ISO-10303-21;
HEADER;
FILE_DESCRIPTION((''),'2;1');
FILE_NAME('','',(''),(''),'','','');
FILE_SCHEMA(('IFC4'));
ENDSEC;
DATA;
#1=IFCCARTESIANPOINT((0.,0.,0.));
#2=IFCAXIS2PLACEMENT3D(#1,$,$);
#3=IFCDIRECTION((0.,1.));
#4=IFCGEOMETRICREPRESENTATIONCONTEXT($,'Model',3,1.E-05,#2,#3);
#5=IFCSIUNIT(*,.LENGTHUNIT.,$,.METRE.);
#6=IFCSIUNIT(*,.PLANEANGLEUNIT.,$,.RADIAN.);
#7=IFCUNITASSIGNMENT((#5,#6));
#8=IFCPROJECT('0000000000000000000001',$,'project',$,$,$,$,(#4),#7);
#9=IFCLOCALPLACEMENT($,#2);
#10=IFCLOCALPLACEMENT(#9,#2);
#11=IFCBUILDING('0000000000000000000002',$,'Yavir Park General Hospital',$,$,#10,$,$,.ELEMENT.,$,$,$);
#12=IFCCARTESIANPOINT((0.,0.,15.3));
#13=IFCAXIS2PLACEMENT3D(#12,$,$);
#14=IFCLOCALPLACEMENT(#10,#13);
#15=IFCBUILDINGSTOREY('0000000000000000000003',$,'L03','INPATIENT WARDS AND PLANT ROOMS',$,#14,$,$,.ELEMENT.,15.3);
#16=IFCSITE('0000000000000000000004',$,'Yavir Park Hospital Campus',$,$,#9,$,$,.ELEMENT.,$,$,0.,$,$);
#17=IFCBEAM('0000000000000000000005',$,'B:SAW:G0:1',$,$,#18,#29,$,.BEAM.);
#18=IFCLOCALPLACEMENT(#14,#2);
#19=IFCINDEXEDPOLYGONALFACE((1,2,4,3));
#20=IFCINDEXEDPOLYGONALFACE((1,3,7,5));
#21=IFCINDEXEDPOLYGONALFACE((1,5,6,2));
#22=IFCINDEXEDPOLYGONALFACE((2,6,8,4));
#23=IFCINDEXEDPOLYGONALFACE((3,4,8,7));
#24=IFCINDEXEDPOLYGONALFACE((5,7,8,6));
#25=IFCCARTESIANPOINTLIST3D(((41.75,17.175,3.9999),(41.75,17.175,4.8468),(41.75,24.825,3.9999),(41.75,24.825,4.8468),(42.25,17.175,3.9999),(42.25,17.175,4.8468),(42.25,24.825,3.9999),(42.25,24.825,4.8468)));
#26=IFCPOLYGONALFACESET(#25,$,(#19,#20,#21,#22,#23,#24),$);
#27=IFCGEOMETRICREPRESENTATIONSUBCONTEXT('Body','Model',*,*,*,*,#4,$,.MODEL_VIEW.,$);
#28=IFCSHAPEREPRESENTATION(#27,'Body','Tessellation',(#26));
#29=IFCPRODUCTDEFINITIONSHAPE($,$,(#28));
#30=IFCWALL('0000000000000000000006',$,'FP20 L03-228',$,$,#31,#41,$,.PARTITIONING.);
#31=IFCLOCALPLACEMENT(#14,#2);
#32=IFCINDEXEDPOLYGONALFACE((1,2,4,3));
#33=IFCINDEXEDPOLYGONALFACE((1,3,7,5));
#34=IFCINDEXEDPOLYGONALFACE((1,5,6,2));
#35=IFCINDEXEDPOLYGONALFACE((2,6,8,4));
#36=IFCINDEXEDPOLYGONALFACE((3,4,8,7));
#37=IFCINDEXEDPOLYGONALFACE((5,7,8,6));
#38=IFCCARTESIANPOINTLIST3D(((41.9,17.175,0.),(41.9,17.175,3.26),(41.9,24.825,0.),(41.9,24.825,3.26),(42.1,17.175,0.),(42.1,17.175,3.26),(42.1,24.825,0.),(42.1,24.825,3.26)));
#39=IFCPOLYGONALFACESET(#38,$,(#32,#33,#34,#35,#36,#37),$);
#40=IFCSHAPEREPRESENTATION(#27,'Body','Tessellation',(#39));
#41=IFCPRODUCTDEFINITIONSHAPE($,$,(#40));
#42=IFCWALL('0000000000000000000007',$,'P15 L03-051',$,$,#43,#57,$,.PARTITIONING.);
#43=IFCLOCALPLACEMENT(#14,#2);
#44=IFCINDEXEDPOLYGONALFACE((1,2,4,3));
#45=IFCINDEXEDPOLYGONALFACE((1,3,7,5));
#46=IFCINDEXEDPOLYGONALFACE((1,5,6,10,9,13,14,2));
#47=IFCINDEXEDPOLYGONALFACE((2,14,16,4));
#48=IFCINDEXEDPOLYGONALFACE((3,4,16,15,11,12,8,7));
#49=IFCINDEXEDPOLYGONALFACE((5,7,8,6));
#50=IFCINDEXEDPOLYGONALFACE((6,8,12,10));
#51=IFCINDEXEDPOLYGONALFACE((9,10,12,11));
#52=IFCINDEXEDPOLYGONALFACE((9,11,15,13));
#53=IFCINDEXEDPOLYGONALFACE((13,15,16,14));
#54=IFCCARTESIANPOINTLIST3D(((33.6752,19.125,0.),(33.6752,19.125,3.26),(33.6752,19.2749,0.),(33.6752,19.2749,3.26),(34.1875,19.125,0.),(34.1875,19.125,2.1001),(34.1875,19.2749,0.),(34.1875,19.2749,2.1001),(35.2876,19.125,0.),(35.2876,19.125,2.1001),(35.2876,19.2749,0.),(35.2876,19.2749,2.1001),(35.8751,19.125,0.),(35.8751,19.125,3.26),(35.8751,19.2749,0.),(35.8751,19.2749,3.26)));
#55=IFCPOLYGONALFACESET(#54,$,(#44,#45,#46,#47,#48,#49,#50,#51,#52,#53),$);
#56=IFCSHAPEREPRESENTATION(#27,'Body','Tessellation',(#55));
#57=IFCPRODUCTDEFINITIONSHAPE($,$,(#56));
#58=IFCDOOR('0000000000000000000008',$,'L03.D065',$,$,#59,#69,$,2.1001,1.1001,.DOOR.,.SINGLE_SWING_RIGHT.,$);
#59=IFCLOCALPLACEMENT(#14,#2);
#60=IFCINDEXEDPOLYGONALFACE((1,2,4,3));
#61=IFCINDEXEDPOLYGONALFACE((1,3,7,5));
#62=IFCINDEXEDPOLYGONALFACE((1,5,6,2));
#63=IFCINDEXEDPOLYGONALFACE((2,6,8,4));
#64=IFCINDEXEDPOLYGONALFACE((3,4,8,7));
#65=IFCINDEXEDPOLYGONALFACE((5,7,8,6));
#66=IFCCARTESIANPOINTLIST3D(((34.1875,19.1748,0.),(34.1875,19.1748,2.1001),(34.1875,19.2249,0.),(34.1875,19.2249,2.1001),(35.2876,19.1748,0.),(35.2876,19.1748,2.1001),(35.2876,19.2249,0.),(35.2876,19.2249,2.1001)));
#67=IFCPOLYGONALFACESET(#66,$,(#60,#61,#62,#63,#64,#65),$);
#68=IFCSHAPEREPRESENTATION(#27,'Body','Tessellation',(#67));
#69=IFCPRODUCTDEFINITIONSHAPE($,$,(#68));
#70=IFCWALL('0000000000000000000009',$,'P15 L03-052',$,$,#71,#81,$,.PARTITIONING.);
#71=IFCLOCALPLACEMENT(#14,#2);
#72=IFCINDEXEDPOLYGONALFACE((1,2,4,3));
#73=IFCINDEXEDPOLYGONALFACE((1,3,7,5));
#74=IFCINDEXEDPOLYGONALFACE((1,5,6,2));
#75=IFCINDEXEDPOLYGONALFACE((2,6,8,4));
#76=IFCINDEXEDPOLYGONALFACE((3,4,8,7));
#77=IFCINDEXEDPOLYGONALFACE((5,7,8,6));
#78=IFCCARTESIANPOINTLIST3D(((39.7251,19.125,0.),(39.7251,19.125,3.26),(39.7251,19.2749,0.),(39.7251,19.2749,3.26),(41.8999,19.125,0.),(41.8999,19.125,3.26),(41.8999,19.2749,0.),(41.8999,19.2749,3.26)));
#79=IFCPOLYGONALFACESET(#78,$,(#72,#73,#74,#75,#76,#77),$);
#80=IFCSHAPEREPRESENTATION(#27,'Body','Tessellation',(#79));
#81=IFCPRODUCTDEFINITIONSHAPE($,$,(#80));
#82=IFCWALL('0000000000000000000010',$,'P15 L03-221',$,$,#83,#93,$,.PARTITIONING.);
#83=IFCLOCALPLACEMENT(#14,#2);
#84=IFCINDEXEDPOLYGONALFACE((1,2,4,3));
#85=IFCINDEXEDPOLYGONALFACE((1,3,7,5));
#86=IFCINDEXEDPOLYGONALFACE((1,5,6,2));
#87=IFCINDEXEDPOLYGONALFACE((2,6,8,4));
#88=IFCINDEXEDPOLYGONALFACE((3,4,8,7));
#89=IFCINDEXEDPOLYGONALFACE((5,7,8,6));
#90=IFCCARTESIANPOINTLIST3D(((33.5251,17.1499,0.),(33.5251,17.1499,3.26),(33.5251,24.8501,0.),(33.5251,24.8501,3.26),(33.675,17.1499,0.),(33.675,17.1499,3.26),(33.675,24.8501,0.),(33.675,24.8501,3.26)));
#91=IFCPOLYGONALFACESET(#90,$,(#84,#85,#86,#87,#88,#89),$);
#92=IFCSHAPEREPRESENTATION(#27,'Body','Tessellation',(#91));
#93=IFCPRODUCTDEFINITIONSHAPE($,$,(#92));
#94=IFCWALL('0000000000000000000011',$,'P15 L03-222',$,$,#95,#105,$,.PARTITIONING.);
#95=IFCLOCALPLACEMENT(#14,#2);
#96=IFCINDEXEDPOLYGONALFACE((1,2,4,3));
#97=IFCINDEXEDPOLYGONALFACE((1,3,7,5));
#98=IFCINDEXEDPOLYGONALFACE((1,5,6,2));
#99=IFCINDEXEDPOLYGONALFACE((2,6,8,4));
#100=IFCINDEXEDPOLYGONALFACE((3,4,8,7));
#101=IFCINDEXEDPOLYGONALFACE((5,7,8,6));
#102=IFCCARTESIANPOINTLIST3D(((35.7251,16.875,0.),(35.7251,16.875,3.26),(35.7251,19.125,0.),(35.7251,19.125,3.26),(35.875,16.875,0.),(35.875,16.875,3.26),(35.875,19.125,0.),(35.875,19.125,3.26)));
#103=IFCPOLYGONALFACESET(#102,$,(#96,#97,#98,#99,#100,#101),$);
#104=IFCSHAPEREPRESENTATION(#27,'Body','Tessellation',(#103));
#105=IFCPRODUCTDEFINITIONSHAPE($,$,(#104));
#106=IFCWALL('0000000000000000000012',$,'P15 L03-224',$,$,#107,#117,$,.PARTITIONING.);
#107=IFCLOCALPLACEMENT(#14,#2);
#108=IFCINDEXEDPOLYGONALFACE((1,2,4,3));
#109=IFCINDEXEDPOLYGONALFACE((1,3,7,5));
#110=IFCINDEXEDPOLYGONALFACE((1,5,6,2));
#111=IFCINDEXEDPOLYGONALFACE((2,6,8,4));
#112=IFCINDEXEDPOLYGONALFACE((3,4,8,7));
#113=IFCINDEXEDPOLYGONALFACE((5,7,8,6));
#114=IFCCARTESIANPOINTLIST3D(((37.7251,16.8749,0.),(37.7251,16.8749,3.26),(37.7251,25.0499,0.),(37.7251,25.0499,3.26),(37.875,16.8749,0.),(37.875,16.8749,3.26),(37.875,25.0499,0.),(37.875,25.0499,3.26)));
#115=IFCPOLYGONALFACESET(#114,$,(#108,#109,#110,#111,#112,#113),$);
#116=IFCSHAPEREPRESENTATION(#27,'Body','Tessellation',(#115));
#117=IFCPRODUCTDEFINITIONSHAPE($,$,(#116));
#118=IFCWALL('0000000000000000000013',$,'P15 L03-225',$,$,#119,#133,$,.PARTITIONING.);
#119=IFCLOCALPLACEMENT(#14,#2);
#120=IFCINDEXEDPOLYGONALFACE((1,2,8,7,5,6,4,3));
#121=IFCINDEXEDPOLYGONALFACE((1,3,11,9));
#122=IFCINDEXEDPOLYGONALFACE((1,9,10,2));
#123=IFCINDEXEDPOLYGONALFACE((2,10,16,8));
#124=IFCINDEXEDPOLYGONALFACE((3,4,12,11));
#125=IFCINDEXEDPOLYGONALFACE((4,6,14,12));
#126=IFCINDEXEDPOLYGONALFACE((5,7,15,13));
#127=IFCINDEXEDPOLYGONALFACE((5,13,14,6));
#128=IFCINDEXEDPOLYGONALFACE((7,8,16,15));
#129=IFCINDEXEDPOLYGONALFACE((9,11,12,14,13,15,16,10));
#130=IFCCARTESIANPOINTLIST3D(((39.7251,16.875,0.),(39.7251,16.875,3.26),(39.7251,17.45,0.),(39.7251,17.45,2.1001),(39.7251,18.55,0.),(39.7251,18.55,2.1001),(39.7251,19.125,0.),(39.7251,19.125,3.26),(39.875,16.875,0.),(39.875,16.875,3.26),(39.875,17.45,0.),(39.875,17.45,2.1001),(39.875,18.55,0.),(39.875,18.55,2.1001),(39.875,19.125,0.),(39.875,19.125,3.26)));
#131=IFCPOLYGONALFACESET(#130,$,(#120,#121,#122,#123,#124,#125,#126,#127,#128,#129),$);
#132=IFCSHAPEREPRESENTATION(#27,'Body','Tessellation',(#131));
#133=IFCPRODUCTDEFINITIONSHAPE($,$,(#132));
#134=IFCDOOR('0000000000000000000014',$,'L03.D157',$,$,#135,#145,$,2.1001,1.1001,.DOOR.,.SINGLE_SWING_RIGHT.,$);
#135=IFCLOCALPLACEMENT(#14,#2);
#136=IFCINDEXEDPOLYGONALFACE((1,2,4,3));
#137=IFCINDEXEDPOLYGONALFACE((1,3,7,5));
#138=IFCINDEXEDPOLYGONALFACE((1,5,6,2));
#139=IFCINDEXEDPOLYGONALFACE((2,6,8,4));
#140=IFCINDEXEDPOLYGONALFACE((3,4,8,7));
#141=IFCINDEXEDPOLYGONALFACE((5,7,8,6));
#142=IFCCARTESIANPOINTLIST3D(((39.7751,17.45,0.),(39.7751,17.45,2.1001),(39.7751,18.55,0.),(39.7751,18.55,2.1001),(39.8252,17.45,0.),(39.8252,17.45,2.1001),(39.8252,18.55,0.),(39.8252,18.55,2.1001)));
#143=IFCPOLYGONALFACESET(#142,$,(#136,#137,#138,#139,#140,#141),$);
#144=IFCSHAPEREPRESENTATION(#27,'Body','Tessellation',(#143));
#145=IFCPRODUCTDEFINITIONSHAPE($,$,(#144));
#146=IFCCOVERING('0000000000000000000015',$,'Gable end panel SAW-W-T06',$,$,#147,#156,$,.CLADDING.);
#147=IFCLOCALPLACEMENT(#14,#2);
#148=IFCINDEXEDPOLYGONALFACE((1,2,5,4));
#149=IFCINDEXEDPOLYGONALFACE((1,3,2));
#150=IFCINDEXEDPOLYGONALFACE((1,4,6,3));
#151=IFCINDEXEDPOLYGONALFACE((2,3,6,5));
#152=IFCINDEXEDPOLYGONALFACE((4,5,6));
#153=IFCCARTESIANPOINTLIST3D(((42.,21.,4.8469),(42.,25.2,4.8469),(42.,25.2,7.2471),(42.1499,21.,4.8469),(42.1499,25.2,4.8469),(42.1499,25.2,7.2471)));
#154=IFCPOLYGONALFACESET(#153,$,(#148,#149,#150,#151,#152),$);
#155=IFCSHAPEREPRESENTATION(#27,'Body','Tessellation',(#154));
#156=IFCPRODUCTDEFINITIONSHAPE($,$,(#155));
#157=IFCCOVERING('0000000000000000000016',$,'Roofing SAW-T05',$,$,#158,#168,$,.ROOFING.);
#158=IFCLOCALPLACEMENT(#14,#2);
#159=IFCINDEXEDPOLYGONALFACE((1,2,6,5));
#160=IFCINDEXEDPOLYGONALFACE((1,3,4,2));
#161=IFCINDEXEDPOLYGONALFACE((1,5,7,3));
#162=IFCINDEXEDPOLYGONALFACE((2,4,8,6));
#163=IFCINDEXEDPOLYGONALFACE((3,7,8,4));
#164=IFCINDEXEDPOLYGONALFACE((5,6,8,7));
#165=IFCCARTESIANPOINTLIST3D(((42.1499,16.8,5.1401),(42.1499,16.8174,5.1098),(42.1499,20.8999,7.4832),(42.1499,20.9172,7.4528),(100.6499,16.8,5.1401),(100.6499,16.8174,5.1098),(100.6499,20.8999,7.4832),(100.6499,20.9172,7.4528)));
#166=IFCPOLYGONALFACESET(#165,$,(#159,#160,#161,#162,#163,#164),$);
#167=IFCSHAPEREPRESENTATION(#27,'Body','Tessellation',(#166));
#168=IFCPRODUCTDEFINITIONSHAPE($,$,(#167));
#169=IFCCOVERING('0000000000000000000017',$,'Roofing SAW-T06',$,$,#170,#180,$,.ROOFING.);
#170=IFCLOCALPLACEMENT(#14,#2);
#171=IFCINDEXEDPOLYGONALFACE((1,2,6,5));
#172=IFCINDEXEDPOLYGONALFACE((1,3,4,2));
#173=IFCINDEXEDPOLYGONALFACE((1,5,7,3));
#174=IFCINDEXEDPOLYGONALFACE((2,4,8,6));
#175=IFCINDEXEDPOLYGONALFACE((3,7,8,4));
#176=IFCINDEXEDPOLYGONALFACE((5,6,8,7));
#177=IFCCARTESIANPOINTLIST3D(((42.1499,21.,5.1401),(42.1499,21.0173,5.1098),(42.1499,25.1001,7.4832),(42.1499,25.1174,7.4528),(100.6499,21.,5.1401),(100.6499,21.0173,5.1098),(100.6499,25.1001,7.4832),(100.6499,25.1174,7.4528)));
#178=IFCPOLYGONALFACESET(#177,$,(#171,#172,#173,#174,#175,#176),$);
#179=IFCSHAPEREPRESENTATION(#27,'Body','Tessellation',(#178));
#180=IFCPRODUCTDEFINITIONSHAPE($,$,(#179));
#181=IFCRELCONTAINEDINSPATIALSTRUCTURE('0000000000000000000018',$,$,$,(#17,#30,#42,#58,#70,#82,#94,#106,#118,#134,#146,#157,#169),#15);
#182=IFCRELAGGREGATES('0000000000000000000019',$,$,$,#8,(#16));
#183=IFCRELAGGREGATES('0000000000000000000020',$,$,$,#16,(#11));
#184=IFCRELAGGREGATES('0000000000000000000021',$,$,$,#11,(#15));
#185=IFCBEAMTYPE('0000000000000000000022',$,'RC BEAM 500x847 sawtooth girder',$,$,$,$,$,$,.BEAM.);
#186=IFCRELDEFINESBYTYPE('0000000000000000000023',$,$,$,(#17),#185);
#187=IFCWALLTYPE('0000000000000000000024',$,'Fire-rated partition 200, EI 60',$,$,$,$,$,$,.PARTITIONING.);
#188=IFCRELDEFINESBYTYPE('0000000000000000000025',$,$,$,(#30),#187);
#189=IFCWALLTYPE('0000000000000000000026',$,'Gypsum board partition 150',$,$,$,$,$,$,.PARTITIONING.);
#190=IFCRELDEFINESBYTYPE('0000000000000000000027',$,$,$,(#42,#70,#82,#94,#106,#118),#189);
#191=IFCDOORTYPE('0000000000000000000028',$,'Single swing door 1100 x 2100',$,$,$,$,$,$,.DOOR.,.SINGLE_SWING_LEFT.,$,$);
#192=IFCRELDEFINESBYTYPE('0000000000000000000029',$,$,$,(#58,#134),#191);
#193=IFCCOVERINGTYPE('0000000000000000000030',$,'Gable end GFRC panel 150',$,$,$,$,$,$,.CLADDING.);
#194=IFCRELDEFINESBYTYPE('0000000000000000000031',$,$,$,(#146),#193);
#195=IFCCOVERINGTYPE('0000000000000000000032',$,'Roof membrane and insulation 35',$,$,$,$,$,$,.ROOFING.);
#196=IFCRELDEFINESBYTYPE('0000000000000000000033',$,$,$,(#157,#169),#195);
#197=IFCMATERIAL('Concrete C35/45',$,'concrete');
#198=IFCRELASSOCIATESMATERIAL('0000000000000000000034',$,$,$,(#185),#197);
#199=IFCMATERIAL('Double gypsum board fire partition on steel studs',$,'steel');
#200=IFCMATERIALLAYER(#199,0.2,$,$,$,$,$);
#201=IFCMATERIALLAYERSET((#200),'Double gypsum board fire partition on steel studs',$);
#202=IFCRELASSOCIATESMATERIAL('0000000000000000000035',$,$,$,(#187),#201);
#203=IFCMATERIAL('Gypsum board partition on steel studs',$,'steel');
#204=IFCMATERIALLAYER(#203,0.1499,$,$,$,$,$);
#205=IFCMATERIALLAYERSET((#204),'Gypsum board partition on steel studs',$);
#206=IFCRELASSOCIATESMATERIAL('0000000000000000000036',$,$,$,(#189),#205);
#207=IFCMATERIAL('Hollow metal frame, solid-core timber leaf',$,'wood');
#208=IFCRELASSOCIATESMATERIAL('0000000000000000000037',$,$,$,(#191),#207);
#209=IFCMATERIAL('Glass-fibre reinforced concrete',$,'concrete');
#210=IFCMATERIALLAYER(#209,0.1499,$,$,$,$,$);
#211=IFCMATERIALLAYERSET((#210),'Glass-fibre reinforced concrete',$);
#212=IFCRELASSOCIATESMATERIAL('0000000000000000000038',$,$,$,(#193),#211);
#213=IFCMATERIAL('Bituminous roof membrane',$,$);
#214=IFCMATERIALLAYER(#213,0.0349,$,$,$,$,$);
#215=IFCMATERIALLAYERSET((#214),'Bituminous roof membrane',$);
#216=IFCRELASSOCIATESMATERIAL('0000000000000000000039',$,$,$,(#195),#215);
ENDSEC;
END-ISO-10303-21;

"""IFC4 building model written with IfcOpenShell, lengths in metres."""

from ifc_helpers import new_model, si_unit, direction, frame, frame_2d, origin, origin_2d, place, context, subcontext, project, spatial, polyline, rectangle, outline, extrude, material, layer, layer_set, material_profile, profile_set, type_object, element, fill, save


model = new_model("IFC4")

# Units and contexts
model_context = context("Model", 3, precision=1e-05, world=origin(), true_north=direction((0.0, 1.0)))
body_context = subcontext(model_context, "Body", "Model", "MODEL_VIEW")
ifc_project = project(units=[si_unit("LENGTHUNIT", "METRE"), si_unit("PLANEANGLEUNIT", "RADIAN")], contexts=[model_context])

# Site, building, storey
site_placement = place(None, origin())
site = spatial("IfcSite", under=ifc_project, at=site_placement, Name="Yavir Park Hospital Campus", CompositionType="ELEMENT", RefElevation=0.0)
building_placement = place(site_placement, origin())
building = spatial("IfcBuilding", under=site, at=building_placement, Name="Yavir Park General Hospital", CompositionType="ELEMENT")
storey_placement = place(building_placement, frame((0.0, 0.0, 15.3)))
storey = spatial("IfcBuildingStorey", under=building, at=storey_placement, Name="L03", Description="INPATIENT WARDS AND PLANT ROOMS", CompositionType="ELEMENT", Elevation=15.3)

# Beam
ifc_material_1 = material(Name="Concrete C35/45", Category="concrete")
ifc_material_profile = material_profile(ifc_material_1, rectangle(XDim=0.5, YDim=0.8469, at=origin_2d()), Name="RC500x847")
ifc_profile_set = profile_set([ifc_material_profile], Name="Concrete C35/45")
beam_type = type_object("IfcBeamType", Name="RC BEAM 500x847 sawtooth girder", PredefinedType="BEAM", material=ifc_profile_set)
beam_placement = place(storey_placement, frame((42.0, 17.175, 4.4233), z_axis=(0.0, 1.0, 0.0), x_axis=(-1.0, 0.0, 0.0)))
element("IfcBeam", 1, at=beam_placement, inside=storey, type_object=beam_type, Name="B:SAW:G0:1", PredefinedType="BEAM", context=body_context, shape_type="SweptSolid", body=[
    extrude(rectangle(XDim=0.5, YDim=0.8469, at=origin_2d()), origin(), (0.0, 0.0, 1.0), 7.6499),
])

# Wall
ifc_material_2 = material(Name="Double gypsum board fire partition on steel studs", Category="steel")
ifc_layer_1 = layer(ifc_material_2, 0.2)
ifc_layer_set_1 = layer_set([ifc_layer_1], Name="Double gypsum board fire partition on steel studs")
wall_type_1 = type_object("IfcWallType", Name="Fire-rated partition 200, EI 60", PredefinedType="PARTITIONING", material=ifc_layer_set_1)
wall_1_placement = place(storey_placement, frame((42.0, 17.175, 0.0), z_axis=(0.0, 0.0, 1.0), x_axis=(0.0, 1.0, 0.0)))
element("IfcWall", 2, at=wall_1_placement, inside=storey, type_object=wall_type_1, Name="FP20 L03-228", PredefinedType="PARTITIONING", context=body_context, shape_type="SweptSolid", body=[
    extrude(rectangle(XDim=7.6499, YDim=0.2, at=frame_2d((3.825, 0.0))), origin(), (0.0, 0.0, 1.0), 3.26),
])

# Wall, opening, door
ifc_material_3 = material(Name="Gypsum board partition on steel studs", Category="steel")
ifc_layer_2 = layer(ifc_material_3, 0.1499)
ifc_layer_set_2 = layer_set([ifc_layer_2], Name="Gypsum board partition on steel studs")
wall_type_2 = type_object("IfcWallType", Name="Gypsum board partition 150", PredefinedType="PARTITIONING", material=ifc_layer_set_2)
wall_2_placement = place(storey_placement, frame((33.675, 19.2, 0.0), z_axis=(0.0, 0.0, 1.0), x_axis=(1.0, 0.0, 0.0)))
wall_2 = element("IfcWall", 3, at=wall_2_placement, inside=storey, type_object=wall_type_2, Name="P15 L03-051", PredefinedType="PARTITIONING", context=body_context, shape_type="SweptSolid", body=[
    extrude(rectangle(XDim=2.2, YDim=0.1499, at=frame_2d((1.1001, 0.0))), origin(), (0.0, 0.0, 1.0), 3.26),
])
opening_1_placement = place(wall_2_placement, frame((0.5125, 0.0, 0.0)))
opening_1 = element("IfcOpeningElement", 4, at=opening_1_placement, cuts=wall_2, PredefinedType="OPENING", context=body_context, shape_type="SweptSolid", body=[
    extrude(rectangle(XDim=1.1001, YDim=2.1001, at=frame_2d((0.55, 1.05))), frame((0.0, 0.085, 0.0), z_axis=(0.0, -1.0, 0.0), x_axis=(1.0, 0.0, 0.0)), (0.0, 0.0, 1.0), 0.1699),
])
ifc_material_4 = material(Name="Hollow metal frame, solid-core timber leaf", Category="wood")
door_type = type_object("IfcDoorType", Name="Single swing door 1100 x 2100", OperationType="SINGLE_SWING_LEFT", PredefinedType="DOOR", material=ifc_material_4)
door_1_placement = place(opening_1_placement, origin())
door_1 = element("IfcDoor", 5, at=door_1_placement, inside=storey, type_object=door_type, Name="L03.D065", OperationType="SINGLE_SWING_RIGHT", OverallHeight=2.1001, OverallWidth=1.1001, PredefinedType="DOOR", context=body_context, shape_type="SweptSolid", body=[
    extrude(rectangle(XDim=1.1001, YDim=2.1001, at=frame_2d((0.55, 1.05))), frame((0.0, 0.0249, 0.0), z_axis=(0.0, -1.0, 0.0), x_axis=(1.0, 0.0, 0.0)), (0.0, 0.0, 1.0), 0.05),
])
fill(opening_1, door_1)

# Walls
wall_3_placement = place(storey_placement, frame((39.7251, 19.2, 0.0), z_axis=(0.0, 0.0, 1.0), x_axis=(1.0, 0.0, 0.0)))
element("IfcWall", 6, at=wall_3_placement, inside=storey, type_object=wall_type_2, Name="P15 L03-052", PredefinedType="PARTITIONING", context=body_context, shape_type="SweptSolid", body=[
    extrude(rectangle(XDim=2.1748, YDim=0.1499, at=frame_2d((1.0874, 0.0))), origin(), (0.0, 0.0, 1.0), 3.26),
])
wall_4_placement = place(storey_placement, frame((33.6001, 17.1499, 0.0), z_axis=(0.0, 0.0, 1.0), x_axis=(0.0, 1.0, 0.0)))
element("IfcWall", 7, at=wall_4_placement, inside=storey, type_object=wall_type_2, Name="P15 L03-221", PredefinedType="PARTITIONING", context=body_context, shape_type="SweptSolid", body=[
    extrude(rectangle(XDim=7.7002, YDim=0.1499, at=frame_2d((3.8501, 0.0))), origin(), (0.0, 0.0, 1.0), 3.26),
])
wall_5_placement = place(storey_placement, frame((35.8, 16.875, 0.0), z_axis=(0.0, 0.0, 1.0), x_axis=(0.0, 1.0, 0.0)))
element("IfcWall", 8, at=wall_5_placement, inside=storey, type_object=wall_type_2, Name="P15 L03-222", PredefinedType="PARTITIONING", context=body_context, shape_type="SweptSolid", body=[
    extrude(rectangle(XDim=2.25, YDim=0.1499, at=frame_2d((1.125, 0.0))), origin(), (0.0, 0.0, 1.0), 3.26),
])
wall_6_placement = place(storey_placement, frame((37.8, 16.875, 0.0), z_axis=(0.0, 0.0, 1.0), x_axis=(0.0, 1.0, 0.0)))
element("IfcWall", 9, at=wall_6_placement, inside=storey, type_object=wall_type_2, Name="P15 L03-224", PredefinedType="PARTITIONING", context=body_context, shape_type="SweptSolid", body=[
    extrude(rectangle(XDim=8.175, YDim=0.1499, at=frame_2d((4.0874, 0.0))), origin(), (0.0, 0.0, 1.0), 3.26),
])

# Wall, opening, door
wall_7_placement = place(storey_placement, frame((39.8, 16.875, 0.0), z_axis=(0.0, 0.0, 1.0), x_axis=(0.0, 1.0, 0.0)))
wall_7 = element("IfcWall", 10, at=wall_7_placement, inside=storey, type_object=wall_type_2, Name="P15 L03-225", PredefinedType="PARTITIONING", context=body_context, shape_type="SweptSolid", body=[
    extrude(rectangle(XDim=2.25, YDim=0.1499, at=frame_2d((1.125, 0.0))), origin(), (0.0, 0.0, 1.0), 3.26),
])
opening_2_placement = place(wall_7_placement, frame((0.575, 0.0, 0.0)))
opening_2 = element("IfcOpeningElement", 11, at=opening_2_placement, cuts=wall_7, PredefinedType="OPENING", context=body_context, shape_type="SweptSolid", body=[
    extrude(rectangle(XDim=1.1001, YDim=2.1001, at=frame_2d((0.55, 1.05))), frame((0.0, 0.085, 0.0), z_axis=(0.0, -1.0, 0.0), x_axis=(1.0, 0.0, 0.0)), (0.0, 0.0, 1.0), 0.1699),
])
door_2_placement = place(opening_2_placement, origin())
door_2 = element("IfcDoor", 12, at=door_2_placement, inside=storey, type_object=door_type, Name="L03.D157", OperationType="SINGLE_SWING_RIGHT", OverallHeight=2.1001, OverallWidth=1.1001, PredefinedType="DOOR", context=body_context, shape_type="SweptSolid", body=[
    extrude(rectangle(XDim=1.1001, YDim=2.1001, at=frame_2d((0.55, 1.05))), frame((0.0, 0.0249, 0.0), z_axis=(0.0, -1.0, 0.0), x_axis=(1.0, 0.0, 0.0)), (0.0, 0.0, 1.0), 0.05),
])
fill(opening_2, door_2)

# Coverings
ifc_material_5 = material(Name="Glass-fibre reinforced concrete", Category="concrete")
ifc_layer_3 = layer(ifc_material_5, 0.1499)
ifc_layer_set_3 = layer_set([ifc_layer_3], Name="Glass-fibre reinforced concrete")
covering_type_1 = type_object("IfcCoveringType", Name="Gable end GFRC panel 150", PredefinedType="CLADDING", material=ifc_layer_set_3)
covering_1_placement = place(storey_placement, frame((42.0, 21.0, 4.8469), z_axis=(-1.0, 0.0, 0.0), x_axis=(0.0, 1.0, 0.0)))
element("IfcCovering", 13, at=covering_1_placement, inside=storey, type_object=covering_type_1, Name="Gable end panel SAW-W-T06", PredefinedType="CLADDING", context=body_context, shape_type="SweptSolid", body=[
    extrude(outline(polyline([(0.0, 0.0), (4.2, 0.0), (4.2, -2.4001), (0.0, 0.0)])), origin(), (0.0, 0.0, -1.0), 0.1499),
])
ifc_material_6 = material(Name="Bituminous roof membrane")
ifc_layer_4 = layer(ifc_material_6, 0.0349)
ifc_layer_set_4 = layer_set([ifc_layer_4], Name="Bituminous roof membrane")
covering_type_2 = type_object("IfcCoveringType", Name="Roof membrane and insulation 35", PredefinedType="ROOFING", material=ifc_layer_set_4)
covering_2_placement = place(storey_placement, frame((42.1499, 16.8, 5.1401), z_axis=(0.0, -0.496178, 0.868221), x_axis=(1.0, 0.0, 0.0)))
element("IfcCovering", 14, at=covering_2_placement, inside=storey, type_object=covering_type_2, Name="Roofing SAW-T05", PredefinedType="ROOFING", context=body_context, shape_type="SweptSolid", body=[
    extrude(outline(polyline([(0.0, 0.0), (58.5, 0.0), (58.5, 4.7221), (0.0, 4.7221), (0.0, 0.0)])), origin(), (0.0, 0.0, -1.0), 0.0349),
])
covering_3_placement = place(storey_placement, frame((42.1499, 21.0, 5.1401), z_axis=(0.0, -0.496156, 0.868234), x_axis=(1.0, 0.0, 0.0)))
element("IfcCovering", 15, at=covering_3_placement, inside=storey, type_object=covering_type_2, Name="Roofing SAW-T06", PredefinedType="ROOFING", context=body_context, shape_type="SweptSolid", body=[
    extrude(outline(polyline([(0.0, 0.0), (58.5, 0.0), (58.5, 4.7223), (0.0, 4.7223), (0.0, 0.0)])), origin(), (0.0, 0.0, -1.0), 0.0349),
])

save(model, "model.ifc")
